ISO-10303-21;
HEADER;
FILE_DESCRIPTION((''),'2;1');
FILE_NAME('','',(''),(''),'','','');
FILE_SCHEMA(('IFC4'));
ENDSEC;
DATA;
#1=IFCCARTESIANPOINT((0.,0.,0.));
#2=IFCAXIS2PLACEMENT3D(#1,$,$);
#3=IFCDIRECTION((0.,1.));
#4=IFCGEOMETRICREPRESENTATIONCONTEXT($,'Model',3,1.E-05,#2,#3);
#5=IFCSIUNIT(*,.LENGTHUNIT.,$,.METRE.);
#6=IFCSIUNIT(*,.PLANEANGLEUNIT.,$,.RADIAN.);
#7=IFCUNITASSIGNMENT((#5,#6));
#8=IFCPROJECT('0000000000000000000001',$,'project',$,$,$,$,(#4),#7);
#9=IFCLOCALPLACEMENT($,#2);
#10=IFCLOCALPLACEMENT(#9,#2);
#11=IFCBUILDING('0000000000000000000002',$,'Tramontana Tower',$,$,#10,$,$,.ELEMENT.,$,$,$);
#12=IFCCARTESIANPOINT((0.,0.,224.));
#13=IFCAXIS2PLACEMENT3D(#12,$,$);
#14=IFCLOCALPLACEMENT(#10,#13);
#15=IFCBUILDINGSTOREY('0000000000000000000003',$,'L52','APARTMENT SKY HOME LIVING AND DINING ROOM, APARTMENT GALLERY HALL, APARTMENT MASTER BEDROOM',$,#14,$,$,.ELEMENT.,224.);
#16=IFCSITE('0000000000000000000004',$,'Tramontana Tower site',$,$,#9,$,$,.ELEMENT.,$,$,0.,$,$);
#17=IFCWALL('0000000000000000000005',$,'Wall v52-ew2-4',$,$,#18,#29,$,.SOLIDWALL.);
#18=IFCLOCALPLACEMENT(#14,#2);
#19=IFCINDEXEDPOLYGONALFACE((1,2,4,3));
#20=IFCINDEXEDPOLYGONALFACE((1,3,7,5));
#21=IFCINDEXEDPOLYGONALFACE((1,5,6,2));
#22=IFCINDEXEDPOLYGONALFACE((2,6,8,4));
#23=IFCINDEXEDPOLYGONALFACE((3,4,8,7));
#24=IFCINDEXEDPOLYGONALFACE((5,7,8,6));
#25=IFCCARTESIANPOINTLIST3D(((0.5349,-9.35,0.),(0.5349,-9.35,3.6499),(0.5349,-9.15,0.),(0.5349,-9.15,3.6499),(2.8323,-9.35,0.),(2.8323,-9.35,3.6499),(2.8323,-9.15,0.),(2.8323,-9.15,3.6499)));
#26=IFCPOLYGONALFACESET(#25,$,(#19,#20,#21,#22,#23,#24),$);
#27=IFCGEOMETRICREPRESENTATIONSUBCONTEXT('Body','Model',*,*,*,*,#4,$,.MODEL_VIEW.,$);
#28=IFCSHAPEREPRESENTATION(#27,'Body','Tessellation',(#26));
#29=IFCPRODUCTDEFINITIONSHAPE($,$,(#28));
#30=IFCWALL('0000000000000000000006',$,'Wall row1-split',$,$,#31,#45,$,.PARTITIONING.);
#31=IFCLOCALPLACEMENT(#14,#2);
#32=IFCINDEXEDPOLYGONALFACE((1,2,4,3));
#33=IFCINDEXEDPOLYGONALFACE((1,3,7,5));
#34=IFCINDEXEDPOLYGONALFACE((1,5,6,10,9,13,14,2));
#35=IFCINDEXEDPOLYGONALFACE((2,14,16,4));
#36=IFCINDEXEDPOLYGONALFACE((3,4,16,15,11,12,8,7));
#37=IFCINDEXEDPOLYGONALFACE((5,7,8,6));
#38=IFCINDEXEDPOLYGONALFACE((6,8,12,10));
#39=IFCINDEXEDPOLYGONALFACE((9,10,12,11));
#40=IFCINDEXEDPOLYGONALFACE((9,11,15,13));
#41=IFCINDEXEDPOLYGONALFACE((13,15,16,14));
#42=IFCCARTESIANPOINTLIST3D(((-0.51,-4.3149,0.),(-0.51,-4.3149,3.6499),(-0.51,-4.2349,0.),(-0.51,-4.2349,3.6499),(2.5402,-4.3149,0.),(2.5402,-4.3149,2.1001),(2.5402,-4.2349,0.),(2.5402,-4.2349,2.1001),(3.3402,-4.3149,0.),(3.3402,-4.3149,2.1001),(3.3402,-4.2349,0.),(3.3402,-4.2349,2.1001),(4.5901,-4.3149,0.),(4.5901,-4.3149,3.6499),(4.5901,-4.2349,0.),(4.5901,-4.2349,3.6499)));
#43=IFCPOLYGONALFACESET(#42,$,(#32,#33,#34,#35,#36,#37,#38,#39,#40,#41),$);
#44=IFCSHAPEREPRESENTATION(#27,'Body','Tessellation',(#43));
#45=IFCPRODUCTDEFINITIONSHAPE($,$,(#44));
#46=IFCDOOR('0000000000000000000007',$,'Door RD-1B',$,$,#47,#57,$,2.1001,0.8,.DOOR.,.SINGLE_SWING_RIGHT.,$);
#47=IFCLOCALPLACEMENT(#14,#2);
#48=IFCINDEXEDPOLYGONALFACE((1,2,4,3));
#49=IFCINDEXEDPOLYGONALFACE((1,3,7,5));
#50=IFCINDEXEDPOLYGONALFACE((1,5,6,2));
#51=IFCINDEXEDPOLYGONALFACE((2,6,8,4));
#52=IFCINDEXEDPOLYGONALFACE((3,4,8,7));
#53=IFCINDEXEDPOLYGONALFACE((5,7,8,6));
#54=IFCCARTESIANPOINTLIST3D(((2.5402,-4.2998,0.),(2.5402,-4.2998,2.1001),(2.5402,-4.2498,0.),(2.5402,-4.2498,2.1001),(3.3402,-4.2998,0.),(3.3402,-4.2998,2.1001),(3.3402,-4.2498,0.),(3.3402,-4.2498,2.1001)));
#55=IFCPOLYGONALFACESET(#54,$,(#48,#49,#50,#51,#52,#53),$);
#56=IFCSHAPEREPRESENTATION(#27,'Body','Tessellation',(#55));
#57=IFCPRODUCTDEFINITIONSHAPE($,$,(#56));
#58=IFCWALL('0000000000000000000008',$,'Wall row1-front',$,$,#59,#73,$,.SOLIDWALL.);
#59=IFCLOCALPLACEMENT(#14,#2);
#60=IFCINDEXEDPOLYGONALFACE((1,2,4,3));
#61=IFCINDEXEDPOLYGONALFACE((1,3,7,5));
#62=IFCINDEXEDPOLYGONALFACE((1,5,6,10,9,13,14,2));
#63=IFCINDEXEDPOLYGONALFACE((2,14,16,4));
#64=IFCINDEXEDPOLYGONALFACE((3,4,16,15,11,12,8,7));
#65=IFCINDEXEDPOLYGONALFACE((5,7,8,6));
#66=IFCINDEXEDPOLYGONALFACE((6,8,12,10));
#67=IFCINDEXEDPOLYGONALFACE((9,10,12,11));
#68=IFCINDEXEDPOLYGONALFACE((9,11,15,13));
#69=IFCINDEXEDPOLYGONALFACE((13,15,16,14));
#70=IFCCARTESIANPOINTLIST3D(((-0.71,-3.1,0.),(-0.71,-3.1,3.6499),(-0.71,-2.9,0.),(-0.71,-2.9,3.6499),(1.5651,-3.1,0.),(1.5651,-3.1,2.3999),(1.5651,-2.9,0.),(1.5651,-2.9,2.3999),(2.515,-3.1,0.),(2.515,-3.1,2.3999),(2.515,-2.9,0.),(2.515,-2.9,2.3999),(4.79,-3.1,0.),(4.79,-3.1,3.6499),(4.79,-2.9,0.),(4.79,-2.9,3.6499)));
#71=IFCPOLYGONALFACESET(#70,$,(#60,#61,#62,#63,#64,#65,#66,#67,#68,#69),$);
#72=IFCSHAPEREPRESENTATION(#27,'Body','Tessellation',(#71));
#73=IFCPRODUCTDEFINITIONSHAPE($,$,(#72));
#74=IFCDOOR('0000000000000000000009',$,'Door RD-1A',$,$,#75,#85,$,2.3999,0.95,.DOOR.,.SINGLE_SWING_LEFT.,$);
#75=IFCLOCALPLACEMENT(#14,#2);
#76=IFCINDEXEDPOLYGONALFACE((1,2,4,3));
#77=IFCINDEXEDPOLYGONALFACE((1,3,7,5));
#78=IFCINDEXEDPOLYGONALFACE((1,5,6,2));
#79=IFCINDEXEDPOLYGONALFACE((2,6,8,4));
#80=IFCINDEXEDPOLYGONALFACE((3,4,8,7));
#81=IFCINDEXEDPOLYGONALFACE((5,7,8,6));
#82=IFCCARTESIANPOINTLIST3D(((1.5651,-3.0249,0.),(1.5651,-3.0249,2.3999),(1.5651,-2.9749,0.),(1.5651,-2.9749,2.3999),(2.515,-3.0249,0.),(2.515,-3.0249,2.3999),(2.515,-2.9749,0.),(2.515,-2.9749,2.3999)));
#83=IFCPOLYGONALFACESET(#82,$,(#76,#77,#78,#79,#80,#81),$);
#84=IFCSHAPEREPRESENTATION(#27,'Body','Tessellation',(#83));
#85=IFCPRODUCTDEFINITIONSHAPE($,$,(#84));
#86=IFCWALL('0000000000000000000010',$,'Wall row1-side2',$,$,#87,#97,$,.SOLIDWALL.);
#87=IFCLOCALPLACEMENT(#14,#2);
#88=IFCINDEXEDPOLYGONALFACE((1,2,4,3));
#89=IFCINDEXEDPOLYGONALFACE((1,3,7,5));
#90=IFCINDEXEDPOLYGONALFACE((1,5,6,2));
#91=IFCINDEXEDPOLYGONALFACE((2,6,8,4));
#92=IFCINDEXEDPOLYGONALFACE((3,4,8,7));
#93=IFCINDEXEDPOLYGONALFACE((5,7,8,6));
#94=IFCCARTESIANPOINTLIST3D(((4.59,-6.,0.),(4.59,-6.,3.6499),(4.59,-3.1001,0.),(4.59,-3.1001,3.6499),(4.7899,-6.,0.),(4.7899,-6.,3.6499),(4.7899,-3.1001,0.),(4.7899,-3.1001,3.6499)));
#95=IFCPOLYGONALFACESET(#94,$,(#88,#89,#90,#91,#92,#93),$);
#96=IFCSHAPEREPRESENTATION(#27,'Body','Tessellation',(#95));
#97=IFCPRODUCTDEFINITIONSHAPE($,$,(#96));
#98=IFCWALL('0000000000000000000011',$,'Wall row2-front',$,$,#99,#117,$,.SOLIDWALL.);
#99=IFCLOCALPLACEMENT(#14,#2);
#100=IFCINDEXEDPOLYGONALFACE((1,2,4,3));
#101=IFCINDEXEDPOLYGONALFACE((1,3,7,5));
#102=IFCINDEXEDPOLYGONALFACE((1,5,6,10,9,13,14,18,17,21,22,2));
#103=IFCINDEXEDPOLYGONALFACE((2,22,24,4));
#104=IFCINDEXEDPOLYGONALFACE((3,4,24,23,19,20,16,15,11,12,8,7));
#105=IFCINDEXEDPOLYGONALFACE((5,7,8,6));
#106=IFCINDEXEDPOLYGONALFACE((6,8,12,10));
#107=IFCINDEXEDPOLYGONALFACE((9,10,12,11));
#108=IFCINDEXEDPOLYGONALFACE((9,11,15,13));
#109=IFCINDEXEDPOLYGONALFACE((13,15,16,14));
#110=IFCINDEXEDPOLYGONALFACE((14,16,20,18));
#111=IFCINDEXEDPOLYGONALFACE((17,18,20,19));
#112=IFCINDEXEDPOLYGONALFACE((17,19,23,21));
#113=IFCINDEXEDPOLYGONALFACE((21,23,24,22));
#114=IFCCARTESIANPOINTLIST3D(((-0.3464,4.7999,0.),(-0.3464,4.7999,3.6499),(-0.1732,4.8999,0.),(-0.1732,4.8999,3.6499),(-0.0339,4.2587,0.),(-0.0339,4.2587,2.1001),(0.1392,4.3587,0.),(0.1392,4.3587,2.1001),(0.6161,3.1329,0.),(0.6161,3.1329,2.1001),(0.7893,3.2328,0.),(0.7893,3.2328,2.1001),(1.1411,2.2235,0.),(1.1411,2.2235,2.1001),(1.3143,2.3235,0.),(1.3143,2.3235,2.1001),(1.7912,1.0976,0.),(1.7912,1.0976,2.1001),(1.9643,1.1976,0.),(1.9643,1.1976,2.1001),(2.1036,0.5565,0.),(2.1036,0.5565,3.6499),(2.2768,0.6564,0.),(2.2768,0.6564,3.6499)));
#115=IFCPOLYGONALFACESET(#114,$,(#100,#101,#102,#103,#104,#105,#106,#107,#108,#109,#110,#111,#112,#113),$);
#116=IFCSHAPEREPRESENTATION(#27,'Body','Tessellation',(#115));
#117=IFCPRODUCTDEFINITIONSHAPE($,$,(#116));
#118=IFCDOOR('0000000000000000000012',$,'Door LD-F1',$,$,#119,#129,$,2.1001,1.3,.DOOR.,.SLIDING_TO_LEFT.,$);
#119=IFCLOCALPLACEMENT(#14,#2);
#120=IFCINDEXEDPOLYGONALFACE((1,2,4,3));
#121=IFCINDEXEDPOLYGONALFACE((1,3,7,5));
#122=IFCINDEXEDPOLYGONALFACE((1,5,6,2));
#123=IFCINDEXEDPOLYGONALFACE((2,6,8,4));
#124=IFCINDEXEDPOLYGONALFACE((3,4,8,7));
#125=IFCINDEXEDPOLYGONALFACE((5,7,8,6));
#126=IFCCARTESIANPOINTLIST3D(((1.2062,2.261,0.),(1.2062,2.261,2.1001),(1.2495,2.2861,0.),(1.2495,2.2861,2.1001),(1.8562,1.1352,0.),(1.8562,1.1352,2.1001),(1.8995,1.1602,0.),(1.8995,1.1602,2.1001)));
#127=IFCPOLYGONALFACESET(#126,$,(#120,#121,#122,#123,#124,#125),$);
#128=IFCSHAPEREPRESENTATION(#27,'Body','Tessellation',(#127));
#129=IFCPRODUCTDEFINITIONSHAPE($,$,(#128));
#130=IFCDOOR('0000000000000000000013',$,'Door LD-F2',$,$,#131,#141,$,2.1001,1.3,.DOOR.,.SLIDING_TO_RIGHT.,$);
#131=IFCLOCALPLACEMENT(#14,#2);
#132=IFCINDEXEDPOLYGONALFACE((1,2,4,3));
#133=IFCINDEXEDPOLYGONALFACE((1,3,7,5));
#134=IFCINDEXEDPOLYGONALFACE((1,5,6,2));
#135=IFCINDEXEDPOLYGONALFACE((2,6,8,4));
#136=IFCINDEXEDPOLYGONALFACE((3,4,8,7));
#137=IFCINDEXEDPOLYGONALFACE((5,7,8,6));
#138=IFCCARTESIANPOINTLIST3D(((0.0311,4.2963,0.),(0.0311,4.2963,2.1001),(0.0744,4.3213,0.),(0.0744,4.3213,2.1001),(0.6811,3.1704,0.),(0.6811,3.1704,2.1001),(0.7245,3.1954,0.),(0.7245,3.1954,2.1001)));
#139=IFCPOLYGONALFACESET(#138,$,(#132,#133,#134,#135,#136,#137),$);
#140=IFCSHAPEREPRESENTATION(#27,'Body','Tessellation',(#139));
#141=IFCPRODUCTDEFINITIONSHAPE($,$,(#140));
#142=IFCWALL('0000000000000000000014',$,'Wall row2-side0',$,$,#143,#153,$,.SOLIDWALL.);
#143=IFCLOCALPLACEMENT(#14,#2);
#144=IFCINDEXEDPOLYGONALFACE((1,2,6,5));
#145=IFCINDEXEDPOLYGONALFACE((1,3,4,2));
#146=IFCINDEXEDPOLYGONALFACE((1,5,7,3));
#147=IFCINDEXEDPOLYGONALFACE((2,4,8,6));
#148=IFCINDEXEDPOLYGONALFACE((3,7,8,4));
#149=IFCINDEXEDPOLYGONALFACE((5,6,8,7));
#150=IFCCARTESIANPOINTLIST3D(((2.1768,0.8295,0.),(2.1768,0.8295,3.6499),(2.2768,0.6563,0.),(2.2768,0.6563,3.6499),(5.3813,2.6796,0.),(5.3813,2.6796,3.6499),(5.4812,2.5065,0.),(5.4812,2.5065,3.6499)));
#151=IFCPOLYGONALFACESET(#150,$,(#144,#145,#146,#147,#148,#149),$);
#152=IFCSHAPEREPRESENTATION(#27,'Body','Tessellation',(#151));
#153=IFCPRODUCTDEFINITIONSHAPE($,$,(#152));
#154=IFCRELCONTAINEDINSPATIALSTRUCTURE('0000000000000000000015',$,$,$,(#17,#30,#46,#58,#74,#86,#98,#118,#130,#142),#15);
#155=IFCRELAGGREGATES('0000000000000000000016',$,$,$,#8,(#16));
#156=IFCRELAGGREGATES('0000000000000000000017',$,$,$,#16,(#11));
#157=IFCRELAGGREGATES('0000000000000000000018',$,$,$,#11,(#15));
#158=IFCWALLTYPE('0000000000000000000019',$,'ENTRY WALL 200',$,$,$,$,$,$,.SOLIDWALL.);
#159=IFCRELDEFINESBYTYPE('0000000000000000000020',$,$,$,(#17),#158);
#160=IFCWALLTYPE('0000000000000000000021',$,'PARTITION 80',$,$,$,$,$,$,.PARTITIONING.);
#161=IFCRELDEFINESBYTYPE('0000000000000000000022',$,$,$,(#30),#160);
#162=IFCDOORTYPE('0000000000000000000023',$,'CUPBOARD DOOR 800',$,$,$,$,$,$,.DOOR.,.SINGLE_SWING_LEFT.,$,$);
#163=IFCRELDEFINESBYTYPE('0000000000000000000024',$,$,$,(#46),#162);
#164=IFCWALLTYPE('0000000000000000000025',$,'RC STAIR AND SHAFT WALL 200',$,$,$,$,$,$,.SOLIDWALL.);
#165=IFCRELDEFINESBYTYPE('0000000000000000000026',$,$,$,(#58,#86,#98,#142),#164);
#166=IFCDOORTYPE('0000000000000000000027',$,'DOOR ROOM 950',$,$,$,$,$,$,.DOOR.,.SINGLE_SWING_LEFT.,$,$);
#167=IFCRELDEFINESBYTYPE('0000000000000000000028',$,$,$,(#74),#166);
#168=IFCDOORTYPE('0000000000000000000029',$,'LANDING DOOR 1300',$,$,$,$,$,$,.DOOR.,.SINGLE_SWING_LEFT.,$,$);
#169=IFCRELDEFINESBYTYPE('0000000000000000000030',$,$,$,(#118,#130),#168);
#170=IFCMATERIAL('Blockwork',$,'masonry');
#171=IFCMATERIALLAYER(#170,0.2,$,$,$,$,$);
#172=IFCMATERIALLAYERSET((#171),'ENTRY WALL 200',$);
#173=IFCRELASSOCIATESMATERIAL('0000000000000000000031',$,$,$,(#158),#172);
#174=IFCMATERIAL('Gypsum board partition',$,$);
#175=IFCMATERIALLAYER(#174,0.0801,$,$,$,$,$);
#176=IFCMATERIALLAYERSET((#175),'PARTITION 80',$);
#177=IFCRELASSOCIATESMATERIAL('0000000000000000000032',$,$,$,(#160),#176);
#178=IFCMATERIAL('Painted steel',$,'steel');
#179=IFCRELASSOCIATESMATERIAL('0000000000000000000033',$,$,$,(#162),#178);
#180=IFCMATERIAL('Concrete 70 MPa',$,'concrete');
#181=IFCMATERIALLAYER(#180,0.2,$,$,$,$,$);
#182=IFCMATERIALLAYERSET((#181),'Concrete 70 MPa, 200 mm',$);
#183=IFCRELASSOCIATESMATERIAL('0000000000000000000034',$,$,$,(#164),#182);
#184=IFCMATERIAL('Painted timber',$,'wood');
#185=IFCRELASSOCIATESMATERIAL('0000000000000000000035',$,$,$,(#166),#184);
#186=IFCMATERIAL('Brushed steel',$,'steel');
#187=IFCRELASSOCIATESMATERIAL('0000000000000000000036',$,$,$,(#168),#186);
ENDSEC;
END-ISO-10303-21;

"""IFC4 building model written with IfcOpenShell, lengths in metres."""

from ifc_helpers import new_model, si_unit, direction, frame, frame_2d, origin, place, context, subcontext, project, spatial, rectangle, extrude, material, layer, layer_set, type_object, element, fill, save


model = new_model("IFC4")

# Units and contexts
model_context = context("Model", 3, precision=1e-05, world=origin(), true_north=direction((0.0, 1.0)))
body_context = subcontext(model_context, "Body", "Model", "MODEL_VIEW")
ifc_project = project(units=[si_unit("LENGTHUNIT", "METRE"), si_unit("PLANEANGLEUNIT", "RADIAN")], contexts=[model_context])

# Site, building, storey
site_placement = place(None, origin())
site = spatial("IfcSite", under=ifc_project, at=site_placement, Name="Tramontana Tower site", CompositionType="ELEMENT", RefElevation=0.0)
building_placement = place(site_placement, origin())
building = spatial("IfcBuilding", under=site, at=building_placement, Name="Tramontana Tower", CompositionType="ELEMENT")
storey_placement = place(building_placement, frame((0.0, 0.0, 224.0)))
storey = spatial("IfcBuildingStorey", under=building, at=storey_placement, Name="L52", Description="APARTMENT SKY HOME LIVING AND DINING ROOM, APARTMENT GALLERY HALL, APARTMENT MASTER BEDROOM", CompositionType="ELEMENT", Elevation=224.0)

# Wall
ifc_material_1 = material(Name="Blockwork", Category="masonry")
ifc_layer_1 = layer(ifc_material_1, 0.2)
ifc_layer_set_1 = layer_set([ifc_layer_1], Name="ENTRY WALL 200")
wall_type_1 = type_object("IfcWallType", Name="ENTRY WALL 200", PredefinedType="SOLIDWALL", material=ifc_layer_set_1)
wall_1_placement = place(storey_placement, frame((2.8323, -9.25, 0.0), z_axis=(0.0, 0.0, 1.0), x_axis=(-1.0, 0.0, 0.0)))
element("IfcWall", 1, at=wall_1_placement, inside=storey, type_object=wall_type_1, Name="Wall v52-ew2-4", PredefinedType="SOLIDWALL", context=body_context, shape_type="SweptSolid", body=[
    extrude(rectangle(XDim=2.2974, YDim=0.2, at=frame_2d((1.1487, 0.0))), origin(), (0.0, 0.0, 1.0), 3.6499),
])

# Walls, openings, doors
ifc_material_2 = material(Name="Gypsum board partition")
ifc_layer_2 = layer(ifc_material_2, 0.0801)
ifc_layer_set_2 = layer_set([ifc_layer_2], Name="PARTITION 80")
wall_type_2 = type_object("IfcWallType", Name="PARTITION 80", PredefinedType="PARTITIONING", material=ifc_layer_set_2)
wall_2_placement = place(storey_placement, frame((4.5901, -4.2749, 0.0), z_axis=(0.0, 0.0, 1.0), x_axis=(-1.0, 0.0, 0.0)))
wall_2 = element("IfcWall", 2, at=wall_2_placement, inside=storey, type_object=wall_type_2, Name="Wall row1-split", PredefinedType="PARTITIONING", context=body_context, shape_type="SweptSolid", body=[
    extrude(rectangle(XDim=5.1001, YDim=0.0801, at=frame_2d((2.55, 0.0))), origin(), (0.0, 0.0, 1.0), 3.6499),
])
opening_1_placement = place(wall_2_placement, frame((1.25, 0.0, 0.0)))
opening_1 = element("IfcOpeningElement", 3, at=opening_1_placement, cuts=wall_2, PredefinedType="OPENING", context=body_context, shape_type="SweptSolid", body=[
    extrude(rectangle(XDim=0.8, YDim=2.1001, at=frame_2d((0.3999, 1.05))), frame((0.0, 0.05, 0.0), z_axis=(0.0, -1.0, 0.0), x_axis=(1.0, 0.0, 0.0)), (0.0, 0.0, 1.0), 0.1001),
])
ifc_material_3 = material(Name="Painted steel", Category="steel")
door_type_1 = type_object("IfcDoorType", Name="CUPBOARD DOOR 800", OperationType="SINGLE_SWING_LEFT", PredefinedType="DOOR", material=ifc_material_3)
door_1_placement = place(opening_1_placement, origin())
door_1 = element("IfcDoor", 4, at=door_1_placement, inside=storey, type_object=door_type_1, Name="Door RD-1B", OperationType="SINGLE_SWING_RIGHT", OverallHeight=2.1001, OverallWidth=0.8, PredefinedType="DOOR", context=body_context, shape_type="SweptSolid", body=[
    extrude(rectangle(XDim=0.8, YDim=2.1001, at=frame_2d((0.3999, 1.05))), frame((0.0, 0.0249, 0.0), z_axis=(0.0, -1.0, 0.0), x_axis=(1.0, 0.0, 0.0)), (0.0, 0.0, 1.0), 0.05),
])
fill(opening_1, door_1)
ifc_material_4 = material(Name="Concrete 70 MPa", Category="concrete")
ifc_layer_3 = layer(ifc_material_4, 0.2)
ifc_layer_set_3 = layer_set([ifc_layer_3], Name="Concrete 70 MPa, 200 mm")
wall_type_3 = type_object("IfcWallType", Name="RC STAIR AND SHAFT WALL 200", PredefinedType="SOLIDWALL", material=ifc_layer_set_3)
wall_3_placement = place(storey_placement, frame((4.79, -3.0, 0.0), z_axis=(0.0, 0.0, 1.0), x_axis=(-1.0, 0.0, 0.0)))
wall_3 = element("IfcWall", 5, at=wall_3_placement, inside=storey, type_object=wall_type_3, Name="Wall row1-front", PredefinedType="SOLIDWALL", context=body_context, shape_type="SweptSolid", body=[
    extrude(rectangle(XDim=5.5, YDim=0.2, at=frame_2d((2.75, 0.0))), origin(), (0.0, 0.0, 1.0), 3.6499),
])
opening_2_placement = place(wall_3_placement, frame((2.2749, 0.0, 0.0)))
opening_2 = element("IfcOpeningElement", 6, at=opening_2_placement, cuts=wall_3, PredefinedType="OPENING", context=body_context, shape_type="SweptSolid", body=[
    extrude(rectangle(XDim=0.95, YDim=2.3999, at=frame_2d((0.4751, 1.2))), frame((0.0, 0.1099, 0.0), z_axis=(0.0, -1.0, 0.0), x_axis=(1.0, 0.0, 0.0)), (0.0, 0.0, 1.0), 0.22),
])
ifc_material_5 = material(Name="Painted timber", Category="wood")
door_type_2 = type_object("IfcDoorType", Name="DOOR ROOM 950", OperationType="SINGLE_SWING_LEFT", PredefinedType="DOOR", material=ifc_material_5)
door_2_placement = place(opening_2_placement, origin())
door_2 = element("IfcDoor", 7, at=door_2_placement, inside=storey, type_object=door_type_2, Name="Door RD-1A", OperationType="SINGLE_SWING_LEFT", OverallHeight=2.3999, OverallWidth=0.95, PredefinedType="DOOR", context=body_context, shape_type="SweptSolid", body=[
    extrude(rectangle(XDim=0.95, YDim=2.3999, at=frame_2d((0.4751, 1.2))), frame((0.0, 0.0249, 0.0), z_axis=(0.0, -1.0, 0.0), x_axis=(1.0, 0.0, 0.0)), (0.0, 0.0, 1.0), 0.05),
])
fill(opening_2, door_2)

# Wall
wall_4_placement = place(storey_placement, frame((4.6899, -3.1001, 0.0), z_axis=(0.0, 0.0, 1.0), x_axis=(0.0, -1.0, 0.0)))
element("IfcWall", 8, at=wall_4_placement, inside=storey, type_object=wall_type_3, Name="Wall row1-side2", PredefinedType="SOLIDWALL", context=body_context, shape_type="SweptSolid", body=[
    extrude(rectangle(XDim=2.8999, YDim=0.2, at=frame_2d((1.45, 0.0))), origin(), (0.0, 0.0, 1.0), 3.6499),
])

# Wall, openings, doors
wall_5_placement = place(storey_placement, frame((2.1902, 0.6064, 0.0), z_axis=(0.0, 0.0, 1.0), x_axis=(-0.500003, 0.866024, 0.0)))
wall_5 = element("IfcWall", 9, at=wall_5_placement, inside=storey, type_object=wall_type_3, Name="Wall row2-front", PredefinedType="SOLIDWALL", context=body_context, shape_type="SweptSolid", body=[
    extrude(rectangle(XDim=4.8999, YDim=0.2, at=frame_2d((2.45, 0.0))), origin(), (0.0, 0.0, 1.0), 3.6499),
])
opening_3_placement = place(wall_5_placement, frame((0.625, 0.0, 0.0)))
opening_3 = element("IfcOpeningElement", 10, at=opening_3_placement, cuts=wall_5, PredefinedType="OPENING", context=body_context, shape_type="SweptSolid", body=[
    extrude(rectangle(XDim=1.3, YDim=2.1001, at=frame_2d((0.6499, 1.05))), frame((0.0, 0.1099, 0.0), z_axis=(0.0, -1.0, 0.0), x_axis=(1.0, 0.0, 0.0)), (0.0, 0.0, 1.0), 0.22),
])
opening_4_placement = place(wall_5_placement, frame((2.9751, 0.0, 0.0)))
opening_4 = element("IfcOpeningElement", 11, at=opening_4_placement, cuts=wall_5, PredefinedType="OPENING", context=body_context, shape_type="SweptSolid", body=[
    extrude(rectangle(XDim=1.3, YDim=2.1001, at=frame_2d((0.6499, 1.05))), frame((0.0, 0.1099, 0.0), z_axis=(0.0, -1.0, 0.0), x_axis=(1.0, 0.0, 0.0)), (0.0, 0.0, 1.0), 0.22),
])
ifc_material_6 = material(Name="Brushed steel", Category="steel")
door_type_3 = type_object("IfcDoorType", Name="LANDING DOOR 1300", OperationType="SINGLE_SWING_LEFT", PredefinedType="DOOR", material=ifc_material_6)
door_3_placement = place(opening_3_placement, origin())
door_3 = element("IfcDoor", 12, at=door_3_placement, inside=storey, type_object=door_type_3, Name="Door LD-F1", OperationType="SLIDING_TO_LEFT", OverallHeight=2.1001, OverallWidth=1.3, PredefinedType="DOOR", context=body_context, shape_type="SweptSolid", body=[
    extrude(rectangle(XDim=1.3, YDim=2.1001, at=frame_2d((0.6499, 1.05))), frame((0.0, 0.0249, 0.0), z_axis=(0.0, -1.0, 0.0), x_axis=(1.0, 0.0, 0.0)), (0.0, 0.0, 1.0), 0.05),
])
fill(opening_3, door_3)
door_4_placement = place(opening_4_placement, origin())
door_4 = element("IfcDoor", 13, at=door_4_placement, inside=storey, type_object=door_type_3, Name="Door LD-F2", OperationType="SLIDING_TO_RIGHT", OverallHeight=2.1001, OverallWidth=1.3, PredefinedType="DOOR", context=body_context, shape_type="SweptSolid", body=[
    extrude(rectangle(XDim=1.3, YDim=2.1001, at=frame_2d((0.6499, 1.05))), frame((0.0, 0.0249, 0.0), z_axis=(0.0, -1.0, 0.0), x_axis=(1.0, 0.0, 0.0)), (0.0, 0.0, 1.0), 0.05),
])
fill(opening_4, door_4)

# Wall
wall_6_placement = place(storey_placement, frame((2.2268, 0.7429, 0.0), z_axis=(0.0, 0.0, 1.0), x_axis=(0.866017, 0.500014, 0.0)))
element("IfcWall", 14, at=wall_6_placement, inside=storey, type_object=wall_type_3, Name="Wall row2-side0", PredefinedType="SOLIDWALL", context=body_context, shape_type="SweptSolid", body=[
    extrude(rectangle(XDim=3.7002, YDim=0.2, at=frame_2d((1.8501, 0.0))), origin(), (0.0, 0.0, 1.0), 3.6499),
])

save(model, "model.ifc")
